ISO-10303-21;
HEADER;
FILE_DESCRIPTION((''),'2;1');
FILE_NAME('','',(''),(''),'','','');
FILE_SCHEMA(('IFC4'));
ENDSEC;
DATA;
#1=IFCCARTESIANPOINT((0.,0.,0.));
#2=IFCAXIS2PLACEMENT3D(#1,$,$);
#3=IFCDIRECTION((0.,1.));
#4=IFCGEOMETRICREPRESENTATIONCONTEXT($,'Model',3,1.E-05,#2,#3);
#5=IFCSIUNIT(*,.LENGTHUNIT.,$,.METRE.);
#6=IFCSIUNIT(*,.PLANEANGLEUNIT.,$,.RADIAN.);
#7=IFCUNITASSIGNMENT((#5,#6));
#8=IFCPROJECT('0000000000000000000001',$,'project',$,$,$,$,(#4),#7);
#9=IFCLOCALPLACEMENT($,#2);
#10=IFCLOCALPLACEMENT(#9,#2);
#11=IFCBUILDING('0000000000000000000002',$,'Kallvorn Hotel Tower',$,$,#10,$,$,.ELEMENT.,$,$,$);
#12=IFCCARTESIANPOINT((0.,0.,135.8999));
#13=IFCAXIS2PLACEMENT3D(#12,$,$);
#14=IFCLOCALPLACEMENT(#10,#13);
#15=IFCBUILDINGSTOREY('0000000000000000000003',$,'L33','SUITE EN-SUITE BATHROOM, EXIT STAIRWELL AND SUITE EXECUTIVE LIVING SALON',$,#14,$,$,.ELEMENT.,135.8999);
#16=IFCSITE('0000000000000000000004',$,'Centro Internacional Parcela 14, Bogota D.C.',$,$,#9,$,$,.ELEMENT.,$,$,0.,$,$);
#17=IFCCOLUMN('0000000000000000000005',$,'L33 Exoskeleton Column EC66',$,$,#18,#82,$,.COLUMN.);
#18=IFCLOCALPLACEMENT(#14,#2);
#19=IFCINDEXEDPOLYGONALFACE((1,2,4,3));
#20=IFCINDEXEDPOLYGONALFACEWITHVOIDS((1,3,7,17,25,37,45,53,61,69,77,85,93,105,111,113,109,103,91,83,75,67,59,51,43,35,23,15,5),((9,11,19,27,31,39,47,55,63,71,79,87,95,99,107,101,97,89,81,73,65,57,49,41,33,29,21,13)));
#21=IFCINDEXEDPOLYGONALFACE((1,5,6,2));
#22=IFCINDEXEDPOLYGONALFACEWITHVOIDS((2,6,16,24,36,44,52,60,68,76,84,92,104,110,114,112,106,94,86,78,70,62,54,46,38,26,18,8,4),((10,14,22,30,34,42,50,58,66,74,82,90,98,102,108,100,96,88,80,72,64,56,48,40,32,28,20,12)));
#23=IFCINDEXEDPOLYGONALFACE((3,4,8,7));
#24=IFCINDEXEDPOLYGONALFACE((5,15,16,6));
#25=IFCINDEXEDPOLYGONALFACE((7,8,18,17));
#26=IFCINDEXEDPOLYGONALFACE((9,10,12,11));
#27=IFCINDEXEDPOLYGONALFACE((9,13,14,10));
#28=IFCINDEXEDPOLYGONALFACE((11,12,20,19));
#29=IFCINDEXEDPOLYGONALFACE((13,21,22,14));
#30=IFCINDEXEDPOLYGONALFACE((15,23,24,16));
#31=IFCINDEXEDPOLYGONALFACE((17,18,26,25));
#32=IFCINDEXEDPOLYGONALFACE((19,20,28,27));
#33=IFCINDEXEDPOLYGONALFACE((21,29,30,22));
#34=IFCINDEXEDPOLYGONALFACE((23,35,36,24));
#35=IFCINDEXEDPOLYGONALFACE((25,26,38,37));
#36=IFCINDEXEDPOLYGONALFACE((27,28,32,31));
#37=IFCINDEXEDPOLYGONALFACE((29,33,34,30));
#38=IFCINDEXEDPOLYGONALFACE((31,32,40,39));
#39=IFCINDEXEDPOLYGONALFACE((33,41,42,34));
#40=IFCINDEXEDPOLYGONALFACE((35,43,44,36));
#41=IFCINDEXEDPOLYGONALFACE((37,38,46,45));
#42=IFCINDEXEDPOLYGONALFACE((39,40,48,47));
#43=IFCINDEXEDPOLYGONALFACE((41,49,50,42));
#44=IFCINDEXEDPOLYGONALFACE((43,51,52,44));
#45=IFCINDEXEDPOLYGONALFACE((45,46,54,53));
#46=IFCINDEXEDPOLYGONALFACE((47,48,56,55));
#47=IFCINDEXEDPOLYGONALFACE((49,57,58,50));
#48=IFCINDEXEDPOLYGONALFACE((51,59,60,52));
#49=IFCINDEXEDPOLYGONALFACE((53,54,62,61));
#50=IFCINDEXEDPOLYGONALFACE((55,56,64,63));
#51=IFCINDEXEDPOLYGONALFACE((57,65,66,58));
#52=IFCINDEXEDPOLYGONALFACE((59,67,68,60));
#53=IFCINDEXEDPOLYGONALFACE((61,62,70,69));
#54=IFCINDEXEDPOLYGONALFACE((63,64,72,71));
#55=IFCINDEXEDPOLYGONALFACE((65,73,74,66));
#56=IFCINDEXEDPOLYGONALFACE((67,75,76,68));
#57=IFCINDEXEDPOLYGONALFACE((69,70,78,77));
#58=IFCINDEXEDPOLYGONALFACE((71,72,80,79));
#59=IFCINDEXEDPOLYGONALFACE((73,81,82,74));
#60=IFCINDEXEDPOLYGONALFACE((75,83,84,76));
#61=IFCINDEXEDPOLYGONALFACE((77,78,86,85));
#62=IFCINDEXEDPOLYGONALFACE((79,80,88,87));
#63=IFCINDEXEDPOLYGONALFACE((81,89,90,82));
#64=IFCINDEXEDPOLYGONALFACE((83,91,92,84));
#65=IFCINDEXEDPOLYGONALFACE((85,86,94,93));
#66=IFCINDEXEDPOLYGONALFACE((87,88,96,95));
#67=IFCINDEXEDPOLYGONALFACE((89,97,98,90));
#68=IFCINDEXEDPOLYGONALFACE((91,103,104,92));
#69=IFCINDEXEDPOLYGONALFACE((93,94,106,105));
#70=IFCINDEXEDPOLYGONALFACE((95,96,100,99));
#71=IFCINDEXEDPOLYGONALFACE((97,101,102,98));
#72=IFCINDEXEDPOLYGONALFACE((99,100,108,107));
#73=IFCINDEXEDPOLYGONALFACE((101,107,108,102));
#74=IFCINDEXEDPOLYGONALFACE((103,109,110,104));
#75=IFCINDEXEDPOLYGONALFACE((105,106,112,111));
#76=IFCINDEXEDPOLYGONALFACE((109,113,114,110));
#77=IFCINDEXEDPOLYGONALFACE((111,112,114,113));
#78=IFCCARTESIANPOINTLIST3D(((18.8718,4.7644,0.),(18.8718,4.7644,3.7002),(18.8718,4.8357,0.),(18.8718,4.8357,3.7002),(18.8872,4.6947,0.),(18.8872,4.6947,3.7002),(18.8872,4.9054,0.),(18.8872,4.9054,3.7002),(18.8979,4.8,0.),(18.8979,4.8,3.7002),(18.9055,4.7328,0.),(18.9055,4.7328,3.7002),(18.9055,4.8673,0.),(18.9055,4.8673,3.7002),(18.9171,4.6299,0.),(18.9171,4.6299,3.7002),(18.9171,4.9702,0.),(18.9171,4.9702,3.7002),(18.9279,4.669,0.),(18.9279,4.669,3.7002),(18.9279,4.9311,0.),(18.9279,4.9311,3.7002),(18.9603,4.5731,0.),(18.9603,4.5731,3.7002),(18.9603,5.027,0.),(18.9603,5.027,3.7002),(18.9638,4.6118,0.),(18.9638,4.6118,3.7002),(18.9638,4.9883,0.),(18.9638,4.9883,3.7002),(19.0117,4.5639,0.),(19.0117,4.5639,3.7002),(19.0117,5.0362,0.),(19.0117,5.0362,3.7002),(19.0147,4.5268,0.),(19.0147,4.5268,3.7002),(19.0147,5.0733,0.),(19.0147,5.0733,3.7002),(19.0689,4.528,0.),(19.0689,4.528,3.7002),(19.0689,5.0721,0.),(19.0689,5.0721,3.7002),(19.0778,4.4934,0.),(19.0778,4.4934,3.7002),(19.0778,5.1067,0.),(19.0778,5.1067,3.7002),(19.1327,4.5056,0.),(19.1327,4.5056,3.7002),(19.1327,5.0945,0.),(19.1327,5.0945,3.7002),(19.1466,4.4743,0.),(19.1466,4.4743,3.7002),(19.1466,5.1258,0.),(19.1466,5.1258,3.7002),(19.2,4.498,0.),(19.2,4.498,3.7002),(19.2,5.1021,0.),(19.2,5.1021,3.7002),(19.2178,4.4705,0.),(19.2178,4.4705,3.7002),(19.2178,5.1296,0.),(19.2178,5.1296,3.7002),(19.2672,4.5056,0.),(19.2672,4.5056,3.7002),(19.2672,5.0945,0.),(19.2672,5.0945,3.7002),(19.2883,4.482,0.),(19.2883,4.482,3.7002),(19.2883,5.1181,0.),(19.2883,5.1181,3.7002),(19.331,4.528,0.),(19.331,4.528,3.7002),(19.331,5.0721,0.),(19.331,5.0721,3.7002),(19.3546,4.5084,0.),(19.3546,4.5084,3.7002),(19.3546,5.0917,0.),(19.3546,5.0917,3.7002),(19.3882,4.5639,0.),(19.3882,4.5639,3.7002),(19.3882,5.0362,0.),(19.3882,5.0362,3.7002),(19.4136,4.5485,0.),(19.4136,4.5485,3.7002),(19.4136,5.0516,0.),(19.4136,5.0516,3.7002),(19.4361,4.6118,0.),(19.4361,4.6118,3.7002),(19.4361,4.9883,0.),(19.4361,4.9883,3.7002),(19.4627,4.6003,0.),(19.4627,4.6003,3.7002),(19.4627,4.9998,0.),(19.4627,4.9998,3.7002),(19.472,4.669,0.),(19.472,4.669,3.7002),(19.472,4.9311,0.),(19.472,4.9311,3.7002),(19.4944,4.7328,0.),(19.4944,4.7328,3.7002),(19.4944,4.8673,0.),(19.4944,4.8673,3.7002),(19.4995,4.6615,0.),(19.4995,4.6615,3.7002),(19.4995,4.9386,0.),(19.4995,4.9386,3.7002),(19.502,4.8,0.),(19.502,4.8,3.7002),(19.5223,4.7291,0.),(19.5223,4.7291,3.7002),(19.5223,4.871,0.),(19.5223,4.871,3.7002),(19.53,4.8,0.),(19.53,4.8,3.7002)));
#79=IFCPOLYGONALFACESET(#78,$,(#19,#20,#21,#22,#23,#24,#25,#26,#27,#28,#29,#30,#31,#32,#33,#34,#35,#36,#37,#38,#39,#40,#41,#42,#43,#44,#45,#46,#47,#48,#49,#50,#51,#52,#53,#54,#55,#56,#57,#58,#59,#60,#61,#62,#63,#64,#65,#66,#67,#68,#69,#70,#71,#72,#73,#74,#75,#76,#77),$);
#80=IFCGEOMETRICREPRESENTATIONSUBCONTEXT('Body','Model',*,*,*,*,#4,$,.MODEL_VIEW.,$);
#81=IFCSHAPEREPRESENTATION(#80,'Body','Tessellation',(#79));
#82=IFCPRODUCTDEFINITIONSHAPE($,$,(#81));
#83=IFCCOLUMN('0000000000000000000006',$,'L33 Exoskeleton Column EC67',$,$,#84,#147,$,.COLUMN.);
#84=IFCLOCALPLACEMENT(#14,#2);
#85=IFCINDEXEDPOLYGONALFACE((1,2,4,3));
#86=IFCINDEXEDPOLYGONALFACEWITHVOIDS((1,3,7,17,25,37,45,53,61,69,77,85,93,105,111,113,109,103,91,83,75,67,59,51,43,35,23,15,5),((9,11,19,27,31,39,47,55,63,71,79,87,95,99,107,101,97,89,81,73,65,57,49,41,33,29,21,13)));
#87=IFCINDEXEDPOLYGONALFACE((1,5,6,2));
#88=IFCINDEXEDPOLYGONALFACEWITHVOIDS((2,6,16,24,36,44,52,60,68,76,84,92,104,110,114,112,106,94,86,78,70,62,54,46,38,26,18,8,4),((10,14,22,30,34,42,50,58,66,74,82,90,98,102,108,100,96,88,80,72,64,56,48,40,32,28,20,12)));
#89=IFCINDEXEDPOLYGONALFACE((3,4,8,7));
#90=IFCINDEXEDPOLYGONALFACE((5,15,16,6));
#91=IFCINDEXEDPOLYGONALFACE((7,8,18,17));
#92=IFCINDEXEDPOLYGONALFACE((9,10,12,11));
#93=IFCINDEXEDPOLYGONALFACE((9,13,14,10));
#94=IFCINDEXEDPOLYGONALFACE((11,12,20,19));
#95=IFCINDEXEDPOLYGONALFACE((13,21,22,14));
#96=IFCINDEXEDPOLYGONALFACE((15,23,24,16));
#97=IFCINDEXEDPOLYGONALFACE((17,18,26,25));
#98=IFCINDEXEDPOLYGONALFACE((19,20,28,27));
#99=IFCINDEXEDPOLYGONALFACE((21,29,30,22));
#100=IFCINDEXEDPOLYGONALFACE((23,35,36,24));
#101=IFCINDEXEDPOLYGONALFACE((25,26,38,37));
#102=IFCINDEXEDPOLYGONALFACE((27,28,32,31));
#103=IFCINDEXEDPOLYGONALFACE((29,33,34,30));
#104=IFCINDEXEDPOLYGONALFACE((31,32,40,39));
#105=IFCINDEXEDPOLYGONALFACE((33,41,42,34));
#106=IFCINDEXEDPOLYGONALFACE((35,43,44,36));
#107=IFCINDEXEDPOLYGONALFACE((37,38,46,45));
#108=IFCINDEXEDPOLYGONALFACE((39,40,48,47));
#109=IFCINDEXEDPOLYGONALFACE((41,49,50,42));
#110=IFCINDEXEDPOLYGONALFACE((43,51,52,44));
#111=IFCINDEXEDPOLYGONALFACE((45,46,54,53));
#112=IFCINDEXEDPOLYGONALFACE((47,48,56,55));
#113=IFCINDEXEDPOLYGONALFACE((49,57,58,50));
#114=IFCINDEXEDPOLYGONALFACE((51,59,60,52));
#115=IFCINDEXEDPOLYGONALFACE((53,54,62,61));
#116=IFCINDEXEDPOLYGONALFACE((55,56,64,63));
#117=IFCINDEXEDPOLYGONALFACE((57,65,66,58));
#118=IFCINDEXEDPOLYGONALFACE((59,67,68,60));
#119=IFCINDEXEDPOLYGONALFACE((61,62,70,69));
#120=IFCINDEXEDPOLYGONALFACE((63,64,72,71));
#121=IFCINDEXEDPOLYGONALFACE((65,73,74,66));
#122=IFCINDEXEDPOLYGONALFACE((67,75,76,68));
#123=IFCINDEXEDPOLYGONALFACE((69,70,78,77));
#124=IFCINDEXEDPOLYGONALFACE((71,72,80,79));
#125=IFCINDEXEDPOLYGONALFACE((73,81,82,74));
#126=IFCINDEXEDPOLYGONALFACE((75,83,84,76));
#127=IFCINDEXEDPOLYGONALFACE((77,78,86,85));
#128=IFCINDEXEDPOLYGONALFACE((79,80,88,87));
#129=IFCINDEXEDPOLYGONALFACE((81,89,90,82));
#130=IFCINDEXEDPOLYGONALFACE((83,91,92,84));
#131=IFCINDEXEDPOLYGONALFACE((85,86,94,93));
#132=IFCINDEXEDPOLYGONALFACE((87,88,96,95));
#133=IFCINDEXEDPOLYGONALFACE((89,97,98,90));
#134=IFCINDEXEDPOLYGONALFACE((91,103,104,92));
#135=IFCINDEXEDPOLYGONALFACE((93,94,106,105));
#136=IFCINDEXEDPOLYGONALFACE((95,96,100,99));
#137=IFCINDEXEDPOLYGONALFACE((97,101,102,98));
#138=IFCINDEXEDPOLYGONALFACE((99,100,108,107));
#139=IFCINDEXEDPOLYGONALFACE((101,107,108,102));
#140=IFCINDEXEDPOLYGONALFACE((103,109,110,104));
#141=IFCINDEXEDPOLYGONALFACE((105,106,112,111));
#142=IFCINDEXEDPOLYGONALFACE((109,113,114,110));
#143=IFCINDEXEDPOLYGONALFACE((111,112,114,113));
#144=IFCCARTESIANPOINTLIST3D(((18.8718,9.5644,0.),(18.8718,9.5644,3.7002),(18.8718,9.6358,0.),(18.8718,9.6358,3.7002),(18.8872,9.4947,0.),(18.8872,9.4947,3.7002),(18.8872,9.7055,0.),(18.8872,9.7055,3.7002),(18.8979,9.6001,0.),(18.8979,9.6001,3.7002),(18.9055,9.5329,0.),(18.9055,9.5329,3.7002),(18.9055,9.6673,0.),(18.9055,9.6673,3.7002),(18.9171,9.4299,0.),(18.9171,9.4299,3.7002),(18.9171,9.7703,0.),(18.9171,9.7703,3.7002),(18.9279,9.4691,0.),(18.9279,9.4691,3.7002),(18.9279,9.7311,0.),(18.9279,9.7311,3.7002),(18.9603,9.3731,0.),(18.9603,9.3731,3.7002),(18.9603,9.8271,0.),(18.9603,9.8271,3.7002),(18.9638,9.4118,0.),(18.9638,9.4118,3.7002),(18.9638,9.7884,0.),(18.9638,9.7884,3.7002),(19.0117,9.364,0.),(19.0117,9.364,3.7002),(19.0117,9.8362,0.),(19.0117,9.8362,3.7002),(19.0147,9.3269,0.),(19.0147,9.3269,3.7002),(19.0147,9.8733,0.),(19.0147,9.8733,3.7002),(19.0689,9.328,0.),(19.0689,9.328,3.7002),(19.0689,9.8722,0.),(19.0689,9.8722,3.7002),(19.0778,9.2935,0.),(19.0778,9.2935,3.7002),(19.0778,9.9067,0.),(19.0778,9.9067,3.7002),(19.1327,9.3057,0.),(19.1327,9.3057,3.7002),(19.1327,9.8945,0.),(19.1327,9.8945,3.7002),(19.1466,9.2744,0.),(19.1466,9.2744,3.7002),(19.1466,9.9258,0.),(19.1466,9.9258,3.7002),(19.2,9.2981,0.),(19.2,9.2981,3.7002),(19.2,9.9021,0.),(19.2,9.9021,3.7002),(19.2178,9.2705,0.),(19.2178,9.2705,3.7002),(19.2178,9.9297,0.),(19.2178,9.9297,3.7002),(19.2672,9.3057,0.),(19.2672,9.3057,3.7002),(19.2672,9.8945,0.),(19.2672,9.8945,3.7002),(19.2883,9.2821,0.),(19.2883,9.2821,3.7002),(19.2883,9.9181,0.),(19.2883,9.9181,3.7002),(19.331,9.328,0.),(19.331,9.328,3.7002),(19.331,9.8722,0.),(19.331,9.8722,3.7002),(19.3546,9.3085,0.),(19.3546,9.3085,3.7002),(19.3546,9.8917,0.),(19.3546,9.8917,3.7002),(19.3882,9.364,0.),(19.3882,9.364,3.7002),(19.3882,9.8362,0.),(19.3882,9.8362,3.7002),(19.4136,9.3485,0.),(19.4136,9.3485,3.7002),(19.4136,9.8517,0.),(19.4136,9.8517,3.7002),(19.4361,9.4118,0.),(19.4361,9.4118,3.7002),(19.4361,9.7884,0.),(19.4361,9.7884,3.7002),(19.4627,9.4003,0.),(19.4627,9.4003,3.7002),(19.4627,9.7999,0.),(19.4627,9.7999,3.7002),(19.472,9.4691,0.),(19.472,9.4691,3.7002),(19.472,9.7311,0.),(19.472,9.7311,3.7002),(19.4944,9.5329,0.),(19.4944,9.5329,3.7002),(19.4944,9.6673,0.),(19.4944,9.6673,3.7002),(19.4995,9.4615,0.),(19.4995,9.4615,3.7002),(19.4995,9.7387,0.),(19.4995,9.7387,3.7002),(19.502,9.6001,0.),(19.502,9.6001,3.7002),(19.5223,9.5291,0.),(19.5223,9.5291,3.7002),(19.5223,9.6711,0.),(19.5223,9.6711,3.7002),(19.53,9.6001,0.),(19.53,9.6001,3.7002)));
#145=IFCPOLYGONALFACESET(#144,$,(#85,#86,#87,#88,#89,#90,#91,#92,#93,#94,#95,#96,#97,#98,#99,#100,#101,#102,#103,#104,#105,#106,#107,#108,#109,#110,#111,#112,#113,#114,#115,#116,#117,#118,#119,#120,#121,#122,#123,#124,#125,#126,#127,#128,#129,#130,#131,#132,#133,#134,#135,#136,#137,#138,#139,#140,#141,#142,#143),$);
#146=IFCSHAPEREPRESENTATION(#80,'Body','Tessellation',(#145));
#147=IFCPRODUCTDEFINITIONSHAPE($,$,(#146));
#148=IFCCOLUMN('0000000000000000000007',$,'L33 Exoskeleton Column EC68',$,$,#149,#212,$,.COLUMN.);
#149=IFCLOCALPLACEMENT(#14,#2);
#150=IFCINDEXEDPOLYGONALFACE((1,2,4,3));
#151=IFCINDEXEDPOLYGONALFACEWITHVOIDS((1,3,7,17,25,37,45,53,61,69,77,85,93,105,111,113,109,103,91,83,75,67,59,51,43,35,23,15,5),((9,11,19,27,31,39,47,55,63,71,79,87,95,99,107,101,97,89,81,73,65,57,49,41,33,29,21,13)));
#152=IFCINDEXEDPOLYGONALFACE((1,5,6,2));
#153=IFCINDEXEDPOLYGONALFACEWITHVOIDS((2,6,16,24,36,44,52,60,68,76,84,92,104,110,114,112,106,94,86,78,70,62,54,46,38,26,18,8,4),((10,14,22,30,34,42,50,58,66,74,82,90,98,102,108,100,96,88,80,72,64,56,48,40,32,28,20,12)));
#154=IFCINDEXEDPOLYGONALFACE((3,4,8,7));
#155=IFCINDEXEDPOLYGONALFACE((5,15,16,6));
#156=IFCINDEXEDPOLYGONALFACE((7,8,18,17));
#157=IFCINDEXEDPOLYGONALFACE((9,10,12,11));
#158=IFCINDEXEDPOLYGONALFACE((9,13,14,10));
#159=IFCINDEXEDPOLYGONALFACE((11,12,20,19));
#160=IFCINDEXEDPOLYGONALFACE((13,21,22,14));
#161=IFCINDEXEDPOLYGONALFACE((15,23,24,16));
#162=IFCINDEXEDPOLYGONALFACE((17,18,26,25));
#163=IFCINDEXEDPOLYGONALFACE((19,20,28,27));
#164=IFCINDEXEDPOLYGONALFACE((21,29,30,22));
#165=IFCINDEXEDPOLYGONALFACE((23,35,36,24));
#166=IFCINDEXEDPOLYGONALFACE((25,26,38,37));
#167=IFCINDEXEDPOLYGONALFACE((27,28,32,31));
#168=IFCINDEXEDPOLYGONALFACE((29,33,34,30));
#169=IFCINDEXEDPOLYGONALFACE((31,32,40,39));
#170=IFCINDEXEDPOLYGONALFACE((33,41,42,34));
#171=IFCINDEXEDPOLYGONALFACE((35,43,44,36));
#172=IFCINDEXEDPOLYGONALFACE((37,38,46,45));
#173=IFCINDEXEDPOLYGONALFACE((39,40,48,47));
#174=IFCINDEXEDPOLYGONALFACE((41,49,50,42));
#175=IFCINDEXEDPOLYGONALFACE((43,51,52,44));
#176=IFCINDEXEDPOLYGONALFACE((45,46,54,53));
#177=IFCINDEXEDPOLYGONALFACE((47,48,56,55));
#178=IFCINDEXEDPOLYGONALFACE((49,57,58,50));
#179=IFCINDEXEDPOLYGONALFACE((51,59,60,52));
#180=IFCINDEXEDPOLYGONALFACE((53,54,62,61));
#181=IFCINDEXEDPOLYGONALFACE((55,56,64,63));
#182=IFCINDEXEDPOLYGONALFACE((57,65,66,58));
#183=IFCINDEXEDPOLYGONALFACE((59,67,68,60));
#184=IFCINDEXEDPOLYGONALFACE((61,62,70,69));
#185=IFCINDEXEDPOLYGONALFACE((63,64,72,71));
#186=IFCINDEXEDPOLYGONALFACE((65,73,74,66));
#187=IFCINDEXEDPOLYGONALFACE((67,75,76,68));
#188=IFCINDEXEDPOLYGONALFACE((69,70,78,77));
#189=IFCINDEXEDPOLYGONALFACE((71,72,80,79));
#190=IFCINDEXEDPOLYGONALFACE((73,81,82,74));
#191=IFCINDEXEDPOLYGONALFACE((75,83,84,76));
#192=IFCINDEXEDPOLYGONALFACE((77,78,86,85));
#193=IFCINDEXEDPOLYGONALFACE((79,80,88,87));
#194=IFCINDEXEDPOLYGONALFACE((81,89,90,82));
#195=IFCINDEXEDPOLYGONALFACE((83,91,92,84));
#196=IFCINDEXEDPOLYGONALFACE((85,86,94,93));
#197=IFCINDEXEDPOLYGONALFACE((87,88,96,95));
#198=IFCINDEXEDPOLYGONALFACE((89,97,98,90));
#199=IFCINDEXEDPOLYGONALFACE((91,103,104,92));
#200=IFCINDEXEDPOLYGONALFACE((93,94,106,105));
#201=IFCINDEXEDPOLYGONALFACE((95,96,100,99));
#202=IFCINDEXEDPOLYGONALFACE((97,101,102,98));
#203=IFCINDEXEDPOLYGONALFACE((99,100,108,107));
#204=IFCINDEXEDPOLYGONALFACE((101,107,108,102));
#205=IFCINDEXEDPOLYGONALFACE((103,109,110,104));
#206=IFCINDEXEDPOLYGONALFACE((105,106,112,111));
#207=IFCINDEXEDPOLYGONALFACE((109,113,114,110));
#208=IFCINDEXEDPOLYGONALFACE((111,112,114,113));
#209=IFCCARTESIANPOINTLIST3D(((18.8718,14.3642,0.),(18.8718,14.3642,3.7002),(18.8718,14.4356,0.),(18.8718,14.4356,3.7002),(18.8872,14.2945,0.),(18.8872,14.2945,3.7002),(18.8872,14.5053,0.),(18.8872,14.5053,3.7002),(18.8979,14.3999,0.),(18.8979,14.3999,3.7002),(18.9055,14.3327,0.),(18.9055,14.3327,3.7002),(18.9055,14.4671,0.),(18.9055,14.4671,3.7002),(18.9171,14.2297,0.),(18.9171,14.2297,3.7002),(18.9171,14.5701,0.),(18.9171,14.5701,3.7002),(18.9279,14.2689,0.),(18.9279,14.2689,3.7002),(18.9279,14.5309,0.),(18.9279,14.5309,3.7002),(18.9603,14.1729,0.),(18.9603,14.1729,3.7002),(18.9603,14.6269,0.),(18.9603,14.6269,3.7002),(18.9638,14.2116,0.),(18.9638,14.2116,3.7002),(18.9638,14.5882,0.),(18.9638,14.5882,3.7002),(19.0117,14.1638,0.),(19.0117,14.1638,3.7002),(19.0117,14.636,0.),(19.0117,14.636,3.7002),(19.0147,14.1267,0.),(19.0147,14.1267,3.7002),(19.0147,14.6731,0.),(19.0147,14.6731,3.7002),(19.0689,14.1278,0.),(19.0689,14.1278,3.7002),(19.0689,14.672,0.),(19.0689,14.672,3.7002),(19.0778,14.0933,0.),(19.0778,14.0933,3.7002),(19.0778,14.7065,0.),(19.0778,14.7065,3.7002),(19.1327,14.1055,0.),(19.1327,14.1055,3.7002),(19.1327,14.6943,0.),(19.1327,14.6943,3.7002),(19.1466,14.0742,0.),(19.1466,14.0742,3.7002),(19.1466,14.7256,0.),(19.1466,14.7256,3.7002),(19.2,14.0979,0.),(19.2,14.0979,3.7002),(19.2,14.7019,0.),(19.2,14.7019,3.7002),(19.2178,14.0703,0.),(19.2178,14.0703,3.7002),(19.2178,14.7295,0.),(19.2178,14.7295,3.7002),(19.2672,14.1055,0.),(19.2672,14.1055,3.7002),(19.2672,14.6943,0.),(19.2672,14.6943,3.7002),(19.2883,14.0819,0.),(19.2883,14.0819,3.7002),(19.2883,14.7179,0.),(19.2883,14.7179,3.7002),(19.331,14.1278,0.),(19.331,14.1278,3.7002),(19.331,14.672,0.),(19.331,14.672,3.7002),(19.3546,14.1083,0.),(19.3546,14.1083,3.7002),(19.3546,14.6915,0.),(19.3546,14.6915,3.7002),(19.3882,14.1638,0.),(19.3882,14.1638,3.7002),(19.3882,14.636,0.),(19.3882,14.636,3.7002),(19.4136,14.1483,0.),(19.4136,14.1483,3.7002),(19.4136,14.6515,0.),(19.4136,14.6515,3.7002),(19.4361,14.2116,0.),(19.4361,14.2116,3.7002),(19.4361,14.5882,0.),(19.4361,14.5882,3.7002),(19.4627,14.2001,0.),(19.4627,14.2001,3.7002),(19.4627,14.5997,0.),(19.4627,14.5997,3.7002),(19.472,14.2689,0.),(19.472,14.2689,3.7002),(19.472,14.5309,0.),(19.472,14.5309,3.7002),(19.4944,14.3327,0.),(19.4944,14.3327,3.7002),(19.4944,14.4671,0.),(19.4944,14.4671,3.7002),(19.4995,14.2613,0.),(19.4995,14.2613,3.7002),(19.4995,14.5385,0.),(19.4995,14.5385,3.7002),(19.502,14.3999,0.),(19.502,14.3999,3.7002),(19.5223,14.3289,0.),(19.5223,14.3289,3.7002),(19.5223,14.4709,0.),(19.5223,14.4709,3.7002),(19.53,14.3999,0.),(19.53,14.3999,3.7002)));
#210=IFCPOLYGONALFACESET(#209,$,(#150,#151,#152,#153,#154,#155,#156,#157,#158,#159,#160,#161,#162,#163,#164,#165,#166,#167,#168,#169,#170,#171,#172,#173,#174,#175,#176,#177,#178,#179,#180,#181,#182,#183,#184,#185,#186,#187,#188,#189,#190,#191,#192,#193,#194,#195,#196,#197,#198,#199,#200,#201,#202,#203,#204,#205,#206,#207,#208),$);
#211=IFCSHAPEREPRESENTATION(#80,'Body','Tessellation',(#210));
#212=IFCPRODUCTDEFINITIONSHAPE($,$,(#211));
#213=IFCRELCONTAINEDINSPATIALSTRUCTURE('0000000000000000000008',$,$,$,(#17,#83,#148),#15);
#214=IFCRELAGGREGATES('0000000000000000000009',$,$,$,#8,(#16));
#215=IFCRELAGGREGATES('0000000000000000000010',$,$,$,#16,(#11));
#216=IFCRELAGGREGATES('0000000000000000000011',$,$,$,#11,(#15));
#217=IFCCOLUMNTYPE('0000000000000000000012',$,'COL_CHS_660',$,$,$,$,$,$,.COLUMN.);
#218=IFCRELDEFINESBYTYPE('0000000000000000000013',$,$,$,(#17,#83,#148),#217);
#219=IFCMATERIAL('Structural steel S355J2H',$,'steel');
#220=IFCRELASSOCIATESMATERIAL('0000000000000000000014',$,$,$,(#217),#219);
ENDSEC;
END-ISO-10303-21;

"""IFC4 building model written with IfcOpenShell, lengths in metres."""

from ifc_helpers import new_model, si_unit, direction, frame, origin, origin_2d, place, context, subcontext, project, spatial, hollow_circle, extrude, material, material_profile, profile_set, type_object, element, save


model = new_model("IFC4")

# Units and contexts
model_context = context("Model", 3, precision=1e-05, world=origin(), true_north=direction((0.0, 1.0)))
body_context = subcontext(model_context, "Body", "Model", "MODEL_VIEW")
ifc_project = project(units=[si_unit("LENGTHUNIT", "METRE"), si_unit("PLANEANGLEUNIT", "RADIAN")], contexts=[model_context])

# Site, building, storey
site_placement = place(None, origin())
site = spatial("IfcSite", under=ifc_project, at=site_placement, Name="Centro Internacional Parcela 14, Bogota D.C.", CompositionType="ELEMENT", RefElevation=0.0)
building_placement = place(site_placement, origin())
building = spatial("IfcBuilding", under=site, at=building_placement, Name="Kallvorn Hotel Tower", CompositionType="ELEMENT")
storey_placement = place(building_placement, frame((0.0, 0.0, 135.8999)))
storey = spatial("IfcBuildingStorey", under=building, at=storey_placement, Name="L33", Description="SUITE EN-SUITE BATHROOM, EXIT STAIRWELL AND SUITE EXECUTIVE LIVING SALON", CompositionType="ELEMENT", Elevation=135.8999)

# Columns
ifc_material_1 = material(Name="Structural steel S355J2H", Category="steel")
ifc_material_profile_1 = material_profile(ifc_material_1, hollow_circle(Radius=0.3301, WallThickness=0.0281, at=origin_2d()), Name="CHS 660x28")
ifc_profile_set_1 = profile_set([ifc_material_profile_1], Name="Structural steel S355J2H")
column_type_1 = type_object("IfcColumnType", Name="COL_CHS_660", PredefinedType="COLUMN", material=ifc_profile_set_1)
for number, where, z_axis, x_axis, name in (
    (1, (19.2, 4.8, 0.0), (0.0, 0.0, 1.0), (1.0, 0.0, 0.0), "L33 Exoskeleton Column EC66"),
    (2, (19.2, 9.6001, 0.0), (0.0, 0.0, 1.0), (1.0, 0.0, 0.0), "L33 Exoskeleton Column EC67"),
    (3, (19.2, 14.3999, 0.0), (0.0, 0.0, 1.0), (1.0, 0.0, 0.0), "L33 Exoskeleton Column EC68"),
):
    element("IfcColumn", number, at=place(storey_placement, frame(where, z_axis=z_axis, x_axis=x_axis)), inside=storey, type_object=column_type_1, Name=name, PredefinedType="COLUMN", context=body_context, shape_type="SweptSolid", body=[
        extrude(hollow_circle(Radius=0.3301, WallThickness=0.0281, at=origin_2d()), origin(), (0.0, 0.0, 1.0), 3.7002),
    ])

save(model, "model.ifc")
